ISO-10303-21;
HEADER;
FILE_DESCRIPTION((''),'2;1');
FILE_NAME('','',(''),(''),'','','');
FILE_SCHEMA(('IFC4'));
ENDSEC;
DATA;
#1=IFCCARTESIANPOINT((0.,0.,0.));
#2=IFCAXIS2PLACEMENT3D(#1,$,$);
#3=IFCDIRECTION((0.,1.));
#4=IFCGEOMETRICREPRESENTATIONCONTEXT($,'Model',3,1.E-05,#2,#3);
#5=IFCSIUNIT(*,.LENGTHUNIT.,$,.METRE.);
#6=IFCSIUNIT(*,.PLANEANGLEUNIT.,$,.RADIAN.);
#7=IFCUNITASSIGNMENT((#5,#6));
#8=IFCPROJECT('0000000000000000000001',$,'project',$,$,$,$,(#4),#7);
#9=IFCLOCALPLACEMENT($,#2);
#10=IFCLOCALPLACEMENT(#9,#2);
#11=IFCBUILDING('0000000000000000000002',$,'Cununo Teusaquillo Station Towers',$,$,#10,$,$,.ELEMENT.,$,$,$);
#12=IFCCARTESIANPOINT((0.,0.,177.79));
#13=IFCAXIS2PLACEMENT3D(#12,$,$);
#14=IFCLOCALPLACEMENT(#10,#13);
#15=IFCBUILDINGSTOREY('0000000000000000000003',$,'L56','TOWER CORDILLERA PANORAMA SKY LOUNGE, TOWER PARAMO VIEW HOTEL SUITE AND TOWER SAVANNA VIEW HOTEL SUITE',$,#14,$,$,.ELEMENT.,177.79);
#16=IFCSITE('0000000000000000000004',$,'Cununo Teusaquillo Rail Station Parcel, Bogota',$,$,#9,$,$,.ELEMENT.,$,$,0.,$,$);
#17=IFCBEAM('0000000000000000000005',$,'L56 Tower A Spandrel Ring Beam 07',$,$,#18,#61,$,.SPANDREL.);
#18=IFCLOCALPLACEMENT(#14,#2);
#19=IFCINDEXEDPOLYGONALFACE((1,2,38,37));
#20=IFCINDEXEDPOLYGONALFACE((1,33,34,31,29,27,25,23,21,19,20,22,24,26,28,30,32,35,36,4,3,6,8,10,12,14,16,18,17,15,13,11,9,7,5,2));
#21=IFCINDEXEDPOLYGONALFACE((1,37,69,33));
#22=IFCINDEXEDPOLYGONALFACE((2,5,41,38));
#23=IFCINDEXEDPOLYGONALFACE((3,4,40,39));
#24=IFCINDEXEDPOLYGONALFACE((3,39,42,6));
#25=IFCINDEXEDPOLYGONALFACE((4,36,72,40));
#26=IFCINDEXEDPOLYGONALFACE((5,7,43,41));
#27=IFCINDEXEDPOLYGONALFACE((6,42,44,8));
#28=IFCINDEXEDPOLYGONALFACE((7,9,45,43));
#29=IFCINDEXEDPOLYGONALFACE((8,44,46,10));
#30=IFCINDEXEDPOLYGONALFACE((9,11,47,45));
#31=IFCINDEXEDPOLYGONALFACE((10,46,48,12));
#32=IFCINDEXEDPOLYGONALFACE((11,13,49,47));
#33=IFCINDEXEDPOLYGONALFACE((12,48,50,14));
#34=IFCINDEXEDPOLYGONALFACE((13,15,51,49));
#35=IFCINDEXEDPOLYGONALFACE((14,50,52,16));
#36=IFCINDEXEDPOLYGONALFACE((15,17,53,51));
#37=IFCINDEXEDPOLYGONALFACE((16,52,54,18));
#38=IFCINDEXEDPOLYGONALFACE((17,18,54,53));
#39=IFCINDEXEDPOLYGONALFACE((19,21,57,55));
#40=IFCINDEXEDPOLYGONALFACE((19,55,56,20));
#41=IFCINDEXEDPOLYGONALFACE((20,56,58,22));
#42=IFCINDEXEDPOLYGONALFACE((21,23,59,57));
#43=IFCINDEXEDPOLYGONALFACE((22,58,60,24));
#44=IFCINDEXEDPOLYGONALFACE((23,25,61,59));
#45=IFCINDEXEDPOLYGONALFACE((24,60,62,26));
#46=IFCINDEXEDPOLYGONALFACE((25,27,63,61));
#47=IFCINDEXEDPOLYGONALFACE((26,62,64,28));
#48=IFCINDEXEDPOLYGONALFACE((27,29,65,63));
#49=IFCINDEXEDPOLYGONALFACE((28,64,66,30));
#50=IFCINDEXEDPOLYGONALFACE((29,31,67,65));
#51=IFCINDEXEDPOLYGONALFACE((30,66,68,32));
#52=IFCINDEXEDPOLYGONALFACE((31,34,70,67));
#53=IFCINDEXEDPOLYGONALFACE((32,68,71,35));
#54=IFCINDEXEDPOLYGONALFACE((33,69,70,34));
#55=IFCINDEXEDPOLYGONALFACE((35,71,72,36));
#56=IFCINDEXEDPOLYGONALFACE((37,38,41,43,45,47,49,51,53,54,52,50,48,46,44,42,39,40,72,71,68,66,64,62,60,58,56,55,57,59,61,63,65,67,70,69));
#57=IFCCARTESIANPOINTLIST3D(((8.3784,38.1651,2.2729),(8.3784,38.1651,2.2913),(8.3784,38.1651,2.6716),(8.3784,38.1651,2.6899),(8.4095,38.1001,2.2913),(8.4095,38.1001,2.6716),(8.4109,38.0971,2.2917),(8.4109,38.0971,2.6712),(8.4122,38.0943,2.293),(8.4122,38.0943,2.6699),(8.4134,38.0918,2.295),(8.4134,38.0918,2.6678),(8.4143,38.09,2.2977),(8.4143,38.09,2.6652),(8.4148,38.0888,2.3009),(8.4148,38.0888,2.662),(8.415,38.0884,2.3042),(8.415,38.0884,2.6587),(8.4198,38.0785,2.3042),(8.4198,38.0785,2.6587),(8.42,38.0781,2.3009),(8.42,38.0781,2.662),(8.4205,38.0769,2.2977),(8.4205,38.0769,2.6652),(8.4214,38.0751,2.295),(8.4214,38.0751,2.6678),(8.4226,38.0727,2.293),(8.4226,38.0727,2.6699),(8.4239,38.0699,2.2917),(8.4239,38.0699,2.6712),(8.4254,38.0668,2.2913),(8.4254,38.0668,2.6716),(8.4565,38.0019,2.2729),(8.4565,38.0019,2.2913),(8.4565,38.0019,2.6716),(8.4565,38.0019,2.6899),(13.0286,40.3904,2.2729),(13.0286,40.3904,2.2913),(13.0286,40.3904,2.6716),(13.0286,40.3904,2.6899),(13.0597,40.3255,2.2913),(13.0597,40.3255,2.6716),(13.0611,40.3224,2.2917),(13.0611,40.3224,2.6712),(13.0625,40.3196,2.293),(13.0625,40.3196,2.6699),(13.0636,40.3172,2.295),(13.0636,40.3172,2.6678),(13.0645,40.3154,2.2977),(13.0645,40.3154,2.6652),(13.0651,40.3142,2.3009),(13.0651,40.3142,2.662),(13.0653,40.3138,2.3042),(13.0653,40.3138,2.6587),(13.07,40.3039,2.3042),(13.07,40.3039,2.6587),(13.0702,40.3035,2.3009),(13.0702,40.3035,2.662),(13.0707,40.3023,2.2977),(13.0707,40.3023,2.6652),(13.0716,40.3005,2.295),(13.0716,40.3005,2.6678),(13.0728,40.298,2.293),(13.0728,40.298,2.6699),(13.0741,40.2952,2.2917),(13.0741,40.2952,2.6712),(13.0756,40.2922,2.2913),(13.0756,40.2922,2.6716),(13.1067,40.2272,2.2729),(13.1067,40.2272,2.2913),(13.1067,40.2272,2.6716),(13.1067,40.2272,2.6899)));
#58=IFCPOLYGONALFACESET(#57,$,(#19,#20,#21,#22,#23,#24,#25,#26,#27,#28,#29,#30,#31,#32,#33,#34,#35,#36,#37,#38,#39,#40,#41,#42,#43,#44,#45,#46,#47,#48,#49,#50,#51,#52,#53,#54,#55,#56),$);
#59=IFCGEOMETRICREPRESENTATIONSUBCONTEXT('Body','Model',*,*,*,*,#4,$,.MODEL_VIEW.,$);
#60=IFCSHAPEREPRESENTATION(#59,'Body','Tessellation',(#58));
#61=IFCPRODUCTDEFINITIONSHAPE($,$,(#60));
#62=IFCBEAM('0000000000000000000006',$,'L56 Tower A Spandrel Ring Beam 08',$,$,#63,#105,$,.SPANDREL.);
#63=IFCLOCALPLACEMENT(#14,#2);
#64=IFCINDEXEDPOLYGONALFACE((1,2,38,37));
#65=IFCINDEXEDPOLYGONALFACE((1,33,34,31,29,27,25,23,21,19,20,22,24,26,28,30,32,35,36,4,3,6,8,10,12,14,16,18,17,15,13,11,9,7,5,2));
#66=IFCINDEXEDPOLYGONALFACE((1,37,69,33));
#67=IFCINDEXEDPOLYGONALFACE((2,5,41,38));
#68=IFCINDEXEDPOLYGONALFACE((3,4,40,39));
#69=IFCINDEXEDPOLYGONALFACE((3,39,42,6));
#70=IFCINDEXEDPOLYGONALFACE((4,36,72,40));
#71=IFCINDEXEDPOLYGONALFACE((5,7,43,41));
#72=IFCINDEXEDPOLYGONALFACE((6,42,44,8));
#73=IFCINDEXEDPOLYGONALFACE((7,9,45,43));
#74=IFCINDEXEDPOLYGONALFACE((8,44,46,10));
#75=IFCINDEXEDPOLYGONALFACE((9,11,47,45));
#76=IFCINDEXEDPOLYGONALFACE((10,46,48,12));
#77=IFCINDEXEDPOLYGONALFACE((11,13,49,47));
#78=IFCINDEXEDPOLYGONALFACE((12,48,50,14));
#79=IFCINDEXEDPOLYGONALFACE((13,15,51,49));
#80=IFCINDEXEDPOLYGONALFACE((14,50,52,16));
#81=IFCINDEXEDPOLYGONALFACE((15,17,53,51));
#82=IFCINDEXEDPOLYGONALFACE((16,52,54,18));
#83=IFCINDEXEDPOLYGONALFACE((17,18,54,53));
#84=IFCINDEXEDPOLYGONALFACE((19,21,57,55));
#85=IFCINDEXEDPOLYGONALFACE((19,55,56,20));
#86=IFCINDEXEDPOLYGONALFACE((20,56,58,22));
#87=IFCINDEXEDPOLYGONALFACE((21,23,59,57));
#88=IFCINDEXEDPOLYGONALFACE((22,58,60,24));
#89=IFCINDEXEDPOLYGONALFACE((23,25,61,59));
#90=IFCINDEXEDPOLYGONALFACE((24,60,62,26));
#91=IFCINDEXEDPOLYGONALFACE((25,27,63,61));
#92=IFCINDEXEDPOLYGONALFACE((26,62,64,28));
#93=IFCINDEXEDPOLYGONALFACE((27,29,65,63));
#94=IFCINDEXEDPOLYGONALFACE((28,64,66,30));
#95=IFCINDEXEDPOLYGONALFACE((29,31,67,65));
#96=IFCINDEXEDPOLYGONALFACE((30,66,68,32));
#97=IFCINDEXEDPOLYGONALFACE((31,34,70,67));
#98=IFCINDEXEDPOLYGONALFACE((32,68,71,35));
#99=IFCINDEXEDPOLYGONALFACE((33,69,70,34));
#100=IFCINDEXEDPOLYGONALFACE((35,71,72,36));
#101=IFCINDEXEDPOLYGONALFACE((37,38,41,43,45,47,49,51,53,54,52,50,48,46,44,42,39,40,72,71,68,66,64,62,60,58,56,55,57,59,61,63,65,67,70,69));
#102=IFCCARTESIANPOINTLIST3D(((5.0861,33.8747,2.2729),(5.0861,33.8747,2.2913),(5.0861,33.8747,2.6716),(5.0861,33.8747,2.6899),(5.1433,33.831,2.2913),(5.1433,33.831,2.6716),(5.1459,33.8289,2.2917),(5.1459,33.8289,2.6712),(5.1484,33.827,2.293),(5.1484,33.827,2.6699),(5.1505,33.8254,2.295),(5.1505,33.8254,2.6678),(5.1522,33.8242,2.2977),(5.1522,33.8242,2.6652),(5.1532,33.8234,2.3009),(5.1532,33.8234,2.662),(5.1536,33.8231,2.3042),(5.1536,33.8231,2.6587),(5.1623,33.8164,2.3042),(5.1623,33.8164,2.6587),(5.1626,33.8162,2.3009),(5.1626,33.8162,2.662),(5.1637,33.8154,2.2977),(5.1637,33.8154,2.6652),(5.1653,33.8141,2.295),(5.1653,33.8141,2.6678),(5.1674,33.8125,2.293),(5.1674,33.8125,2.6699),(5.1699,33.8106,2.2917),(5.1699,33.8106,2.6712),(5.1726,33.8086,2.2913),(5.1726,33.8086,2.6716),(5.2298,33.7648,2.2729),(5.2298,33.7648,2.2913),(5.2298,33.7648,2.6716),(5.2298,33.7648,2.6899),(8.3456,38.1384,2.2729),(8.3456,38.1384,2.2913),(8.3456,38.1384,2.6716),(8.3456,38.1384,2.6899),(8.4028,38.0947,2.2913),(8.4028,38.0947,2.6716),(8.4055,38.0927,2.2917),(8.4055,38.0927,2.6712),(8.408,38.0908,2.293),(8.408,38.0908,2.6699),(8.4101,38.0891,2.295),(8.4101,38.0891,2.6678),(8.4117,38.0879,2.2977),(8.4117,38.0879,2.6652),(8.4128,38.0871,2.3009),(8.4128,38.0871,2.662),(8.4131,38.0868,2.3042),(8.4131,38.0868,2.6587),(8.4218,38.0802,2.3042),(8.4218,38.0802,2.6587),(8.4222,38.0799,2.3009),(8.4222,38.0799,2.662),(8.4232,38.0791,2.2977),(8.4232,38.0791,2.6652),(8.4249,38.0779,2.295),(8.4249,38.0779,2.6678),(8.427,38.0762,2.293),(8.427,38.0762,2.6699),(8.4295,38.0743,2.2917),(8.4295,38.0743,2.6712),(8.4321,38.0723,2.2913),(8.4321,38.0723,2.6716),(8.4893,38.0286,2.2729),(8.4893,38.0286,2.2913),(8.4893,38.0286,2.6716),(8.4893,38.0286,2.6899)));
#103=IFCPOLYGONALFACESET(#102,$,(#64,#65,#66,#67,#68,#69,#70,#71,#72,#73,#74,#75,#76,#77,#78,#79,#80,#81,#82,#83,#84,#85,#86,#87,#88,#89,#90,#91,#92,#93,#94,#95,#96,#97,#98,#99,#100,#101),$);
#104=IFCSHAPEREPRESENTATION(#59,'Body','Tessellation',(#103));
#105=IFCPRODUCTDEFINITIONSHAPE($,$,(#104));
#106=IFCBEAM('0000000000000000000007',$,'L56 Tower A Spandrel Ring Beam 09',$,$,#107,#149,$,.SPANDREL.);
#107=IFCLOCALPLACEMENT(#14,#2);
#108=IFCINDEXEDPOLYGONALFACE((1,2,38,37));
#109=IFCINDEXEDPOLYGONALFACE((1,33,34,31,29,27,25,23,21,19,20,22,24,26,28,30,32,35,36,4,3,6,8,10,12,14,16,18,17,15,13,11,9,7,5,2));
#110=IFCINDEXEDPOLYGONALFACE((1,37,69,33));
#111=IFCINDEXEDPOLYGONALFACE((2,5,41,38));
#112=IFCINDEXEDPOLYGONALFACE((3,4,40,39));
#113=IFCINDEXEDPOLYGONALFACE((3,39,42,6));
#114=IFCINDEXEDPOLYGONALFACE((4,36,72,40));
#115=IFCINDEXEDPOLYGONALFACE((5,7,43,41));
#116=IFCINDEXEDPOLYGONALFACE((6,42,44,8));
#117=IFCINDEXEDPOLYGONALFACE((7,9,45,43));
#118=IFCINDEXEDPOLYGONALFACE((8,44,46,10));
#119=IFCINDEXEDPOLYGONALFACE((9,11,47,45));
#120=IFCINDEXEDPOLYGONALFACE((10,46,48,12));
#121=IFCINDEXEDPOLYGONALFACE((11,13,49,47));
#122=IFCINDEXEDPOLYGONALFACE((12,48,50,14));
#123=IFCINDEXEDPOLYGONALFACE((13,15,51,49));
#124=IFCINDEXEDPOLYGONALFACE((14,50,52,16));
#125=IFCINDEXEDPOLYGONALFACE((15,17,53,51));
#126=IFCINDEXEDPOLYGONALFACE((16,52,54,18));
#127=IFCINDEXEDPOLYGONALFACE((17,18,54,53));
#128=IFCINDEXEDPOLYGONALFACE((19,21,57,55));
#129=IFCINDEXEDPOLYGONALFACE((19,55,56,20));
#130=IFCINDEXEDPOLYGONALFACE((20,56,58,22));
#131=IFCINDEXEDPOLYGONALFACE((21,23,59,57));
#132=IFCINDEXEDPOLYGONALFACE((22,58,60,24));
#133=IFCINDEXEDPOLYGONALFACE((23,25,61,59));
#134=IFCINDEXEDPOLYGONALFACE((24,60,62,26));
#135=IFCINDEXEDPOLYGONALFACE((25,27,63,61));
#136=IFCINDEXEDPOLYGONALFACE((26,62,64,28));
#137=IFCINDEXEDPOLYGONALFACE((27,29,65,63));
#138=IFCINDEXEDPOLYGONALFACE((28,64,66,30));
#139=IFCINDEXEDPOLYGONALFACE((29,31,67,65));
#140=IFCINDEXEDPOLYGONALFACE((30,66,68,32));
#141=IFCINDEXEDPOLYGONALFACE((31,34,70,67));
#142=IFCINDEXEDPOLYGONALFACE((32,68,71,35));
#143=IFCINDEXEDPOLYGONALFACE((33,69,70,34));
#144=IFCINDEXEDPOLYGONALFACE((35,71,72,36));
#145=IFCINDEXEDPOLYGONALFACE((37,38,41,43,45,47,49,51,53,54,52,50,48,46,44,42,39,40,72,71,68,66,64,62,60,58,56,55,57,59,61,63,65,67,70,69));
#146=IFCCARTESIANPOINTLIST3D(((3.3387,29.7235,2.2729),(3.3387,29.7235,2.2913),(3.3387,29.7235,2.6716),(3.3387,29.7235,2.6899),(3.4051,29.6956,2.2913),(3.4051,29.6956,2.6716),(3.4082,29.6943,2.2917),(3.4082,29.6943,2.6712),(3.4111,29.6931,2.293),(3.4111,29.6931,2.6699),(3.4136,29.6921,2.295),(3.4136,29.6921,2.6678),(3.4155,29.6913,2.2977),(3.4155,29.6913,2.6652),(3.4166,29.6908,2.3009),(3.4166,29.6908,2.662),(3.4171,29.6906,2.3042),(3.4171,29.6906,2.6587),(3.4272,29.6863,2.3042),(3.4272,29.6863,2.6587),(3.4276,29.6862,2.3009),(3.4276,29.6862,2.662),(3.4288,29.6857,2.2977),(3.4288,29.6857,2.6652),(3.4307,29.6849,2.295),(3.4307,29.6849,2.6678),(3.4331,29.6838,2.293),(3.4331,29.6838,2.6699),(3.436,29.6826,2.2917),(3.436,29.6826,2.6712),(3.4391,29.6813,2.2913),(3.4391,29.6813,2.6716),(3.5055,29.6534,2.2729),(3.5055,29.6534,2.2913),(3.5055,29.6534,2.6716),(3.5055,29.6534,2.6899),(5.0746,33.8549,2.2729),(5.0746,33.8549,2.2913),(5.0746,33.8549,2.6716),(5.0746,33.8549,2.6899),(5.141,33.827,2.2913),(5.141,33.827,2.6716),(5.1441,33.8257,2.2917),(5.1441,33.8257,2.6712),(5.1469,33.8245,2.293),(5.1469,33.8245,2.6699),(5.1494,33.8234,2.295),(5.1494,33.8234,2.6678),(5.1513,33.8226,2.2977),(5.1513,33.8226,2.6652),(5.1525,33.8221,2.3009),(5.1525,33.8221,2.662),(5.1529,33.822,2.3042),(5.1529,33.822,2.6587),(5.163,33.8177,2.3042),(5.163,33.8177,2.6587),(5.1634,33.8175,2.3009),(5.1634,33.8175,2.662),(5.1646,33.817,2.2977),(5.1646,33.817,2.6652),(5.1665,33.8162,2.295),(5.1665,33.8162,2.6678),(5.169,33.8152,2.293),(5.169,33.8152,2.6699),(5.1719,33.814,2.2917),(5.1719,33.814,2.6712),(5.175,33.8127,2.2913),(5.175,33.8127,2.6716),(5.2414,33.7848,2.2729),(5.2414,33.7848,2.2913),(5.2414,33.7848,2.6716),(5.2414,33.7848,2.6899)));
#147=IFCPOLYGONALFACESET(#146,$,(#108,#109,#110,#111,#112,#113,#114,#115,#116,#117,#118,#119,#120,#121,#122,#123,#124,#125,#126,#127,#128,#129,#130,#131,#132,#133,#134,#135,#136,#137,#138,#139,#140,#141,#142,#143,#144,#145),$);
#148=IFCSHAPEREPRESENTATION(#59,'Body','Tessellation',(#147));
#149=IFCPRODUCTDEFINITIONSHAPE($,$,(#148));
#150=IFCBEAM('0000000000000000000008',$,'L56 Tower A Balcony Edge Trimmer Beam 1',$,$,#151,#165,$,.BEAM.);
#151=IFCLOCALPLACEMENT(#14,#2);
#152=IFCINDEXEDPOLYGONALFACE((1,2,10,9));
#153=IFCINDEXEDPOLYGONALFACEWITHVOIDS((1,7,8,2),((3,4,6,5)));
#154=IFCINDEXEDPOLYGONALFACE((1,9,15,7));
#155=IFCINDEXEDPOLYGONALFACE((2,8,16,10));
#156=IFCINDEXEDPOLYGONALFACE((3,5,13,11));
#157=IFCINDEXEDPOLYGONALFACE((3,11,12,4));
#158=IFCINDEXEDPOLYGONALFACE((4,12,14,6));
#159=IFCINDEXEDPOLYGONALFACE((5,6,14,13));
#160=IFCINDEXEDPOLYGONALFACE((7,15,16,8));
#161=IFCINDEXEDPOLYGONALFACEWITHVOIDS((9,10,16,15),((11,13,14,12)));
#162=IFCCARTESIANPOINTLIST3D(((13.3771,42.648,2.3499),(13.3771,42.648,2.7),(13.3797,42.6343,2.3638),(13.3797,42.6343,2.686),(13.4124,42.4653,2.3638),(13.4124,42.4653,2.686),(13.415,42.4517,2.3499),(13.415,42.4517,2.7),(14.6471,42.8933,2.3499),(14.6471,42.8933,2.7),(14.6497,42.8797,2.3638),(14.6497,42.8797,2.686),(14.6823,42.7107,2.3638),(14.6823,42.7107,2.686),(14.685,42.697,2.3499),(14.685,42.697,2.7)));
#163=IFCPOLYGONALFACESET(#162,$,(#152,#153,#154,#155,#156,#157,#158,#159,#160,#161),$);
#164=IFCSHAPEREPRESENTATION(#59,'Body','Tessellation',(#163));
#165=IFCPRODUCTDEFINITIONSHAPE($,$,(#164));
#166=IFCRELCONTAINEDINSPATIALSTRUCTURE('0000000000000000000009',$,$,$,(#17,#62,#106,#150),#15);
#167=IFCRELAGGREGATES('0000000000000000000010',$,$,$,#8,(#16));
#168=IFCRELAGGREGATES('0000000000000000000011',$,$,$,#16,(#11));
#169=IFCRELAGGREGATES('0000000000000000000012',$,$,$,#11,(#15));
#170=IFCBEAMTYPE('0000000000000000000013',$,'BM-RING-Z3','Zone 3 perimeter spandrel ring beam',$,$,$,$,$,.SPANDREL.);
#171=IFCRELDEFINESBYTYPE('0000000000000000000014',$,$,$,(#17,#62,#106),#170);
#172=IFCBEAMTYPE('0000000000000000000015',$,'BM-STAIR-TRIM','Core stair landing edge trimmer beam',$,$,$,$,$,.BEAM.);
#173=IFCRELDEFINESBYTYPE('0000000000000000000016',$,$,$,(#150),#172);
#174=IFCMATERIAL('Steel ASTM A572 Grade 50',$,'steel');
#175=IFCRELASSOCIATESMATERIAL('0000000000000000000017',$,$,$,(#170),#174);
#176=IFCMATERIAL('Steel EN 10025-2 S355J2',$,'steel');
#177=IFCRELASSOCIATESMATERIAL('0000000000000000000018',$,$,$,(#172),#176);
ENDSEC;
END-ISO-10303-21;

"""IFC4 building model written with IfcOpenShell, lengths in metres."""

from ifc_helpers import new_model, si_unit, direction, frame, origin, origin_2d, place, context, subcontext, project, spatial, hollow_rectangle, i_section, extrude, material, material_profile, profile_set, type_object, element, save


model = new_model("IFC4")

# Units and contexts
model_context = context("Model", 3, precision=1e-05, world=origin(), true_north=direction((0.0, 1.0)))
body_context = subcontext(model_context, "Body", "Model", "MODEL_VIEW")
ifc_project = project(units=[si_unit("LENGTHUNIT", "METRE"), si_unit("PLANEANGLEUNIT", "RADIAN")], contexts=[model_context])

# Site, building, storey
site_placement = place(None, origin())
site = spatial("IfcSite", under=ifc_project, at=site_placement, Name="Cununo Teusaquillo Rail Station Parcel, Bogota", CompositionType="ELEMENT", RefElevation=0.0)
building_placement = place(site_placement, origin())
building = spatial("IfcBuilding", under=site, at=building_placement, Name="Cununo Teusaquillo Station Towers", CompositionType="ELEMENT")
storey_placement = place(building_placement, frame((0.0, 0.0, 177.79)))
storey = spatial("IfcBuildingStorey", under=building, at=storey_placement, Name="L56", Description="TOWER CORDILLERA PANORAMA SKY LOUNGE, TOWER PARAMO VIEW HOTEL SUITE AND TOWER SAVANNA VIEW HOTEL SUITE", CompositionType="ELEMENT", Elevation=177.79)

# Beams
ifc_material_1 = material(Name="Steel ASTM A572 Grade 50", Category="steel")
ifc_material_profile_1 = material_profile(ifc_material_1, i_section(OverallWidth=0.1809, OverallDepth=0.417, WebThickness=0.011, FlangeThickness=0.0183, FilletRadius=0.0129, at=origin_2d()), Name="W16X57")
ifc_profile_set_1 = profile_set([ifc_material_profile_1], Name="Steel ASTM A572 Grade 50")
beam_type_1 = type_object("IfcBeamType", Name="BM-RING-Z3", Description="Zone 3 perimeter spandrel ring beam", PredefinedType="SPANDREL", material=ifc_profile_set_1)
beam_1_placement = place(storey_placement, frame((13.0676, 40.3088, 2.4814), z_axis=(-0.902032, -0.43167, 0.0), x_axis=(0.43167, -0.902032, 0.0)))
element("IfcBeam", 1, at=beam_1_placement, inside=storey, type_object=beam_type_1, Name="L56 Tower A Spandrel Ring Beam 07", PredefinedType="SPANDREL", context=body_context, shape_type="SweptSolid", body=[
    extrude(i_section(OverallWidth=0.1809, OverallDepth=0.417, WebThickness=0.011, FlangeThickness=0.0183, FilletRadius=0.0129, at=origin_2d()), origin(), (0.0, 0.0, 1.0), 5.1553),
])
beam_2_placement = place(storey_placement, frame((8.4175, 38.0835, 2.4814), z_axis=(-0.60734, -0.794442, 0.0), x_axis=(0.794442, -0.60734, 0.0)))
element("IfcBeam", 2, at=beam_2_placement, inside=storey, type_object=beam_type_1, Name="L56 Tower A Spandrel Ring Beam 08", PredefinedType="SPANDREL", context=body_context, shape_type="SweptSolid", body=[
    extrude(i_section(OverallWidth=0.1809, OverallDepth=0.417, WebThickness=0.011, FlangeThickness=0.0183, FilletRadius=0.0129, at=origin_2d()), origin(), (0.0, 0.0, 1.0), 5.3669),
])
beam_3_placement = place(storey_placement, frame((5.158, 33.8198, 2.4814), z_axis=(-0.38736, -0.921928, 0.0), x_axis=(0.921928, -0.38736, 0.0)))
element("IfcBeam", 3, at=beam_3_placement, inside=storey, type_object=beam_type_1, Name="L56 Tower A Spandrel Ring Beam 09", PredefinedType="SPANDREL", context=body_context, shape_type="SweptSolid", body=[
    extrude(i_section(OverallWidth=0.1809, OverallDepth=0.417, WebThickness=0.011, FlangeThickness=0.0183, FilletRadius=0.0129, at=origin_2d()), origin(), (0.0, 0.0, 1.0), 4.4812),
])
ifc_material_2 = material(Name="Steel EN 10025-2 S355J2", Category="steel")
ifc_material_profile_2 = material_profile(ifc_material_2, hollow_rectangle(XDim=0.2, YDim=0.3501, WallThickness=0.0139, at=origin_2d()), Name="RHS 350x200x14")
ifc_profile_set_2 = profile_set([ifc_material_profile_2], Name="Steel EN 10025-2 S355J2")
beam_type_2 = type_object("IfcBeamType", Name="BM-STAIR-TRIM", Description="Core stair landing edge trimmer beam", PredefinedType="BEAM", material=ifc_profile_set_2)
beam_4_placement = place(storey_placement, frame((14.666, 42.7952, 2.5249), z_axis=(-0.981845, -0.189687, 0.0), x_axis=(0.189687, -0.981845, 0.0)))
element("IfcBeam", 4, at=beam_4_placement, inside=storey, type_object=beam_type_2, Name="L56 Tower A Balcony Edge Trimmer Beam 1", PredefinedType="BEAM", context=body_context, shape_type="SweptSolid", body=[
    extrude(hollow_rectangle(XDim=0.2, YDim=0.3501, WallThickness=0.0139, at=origin_2d()), origin(), (0.0, 0.0, 1.0), 1.2935),
])

save(model, "model.ifc")
